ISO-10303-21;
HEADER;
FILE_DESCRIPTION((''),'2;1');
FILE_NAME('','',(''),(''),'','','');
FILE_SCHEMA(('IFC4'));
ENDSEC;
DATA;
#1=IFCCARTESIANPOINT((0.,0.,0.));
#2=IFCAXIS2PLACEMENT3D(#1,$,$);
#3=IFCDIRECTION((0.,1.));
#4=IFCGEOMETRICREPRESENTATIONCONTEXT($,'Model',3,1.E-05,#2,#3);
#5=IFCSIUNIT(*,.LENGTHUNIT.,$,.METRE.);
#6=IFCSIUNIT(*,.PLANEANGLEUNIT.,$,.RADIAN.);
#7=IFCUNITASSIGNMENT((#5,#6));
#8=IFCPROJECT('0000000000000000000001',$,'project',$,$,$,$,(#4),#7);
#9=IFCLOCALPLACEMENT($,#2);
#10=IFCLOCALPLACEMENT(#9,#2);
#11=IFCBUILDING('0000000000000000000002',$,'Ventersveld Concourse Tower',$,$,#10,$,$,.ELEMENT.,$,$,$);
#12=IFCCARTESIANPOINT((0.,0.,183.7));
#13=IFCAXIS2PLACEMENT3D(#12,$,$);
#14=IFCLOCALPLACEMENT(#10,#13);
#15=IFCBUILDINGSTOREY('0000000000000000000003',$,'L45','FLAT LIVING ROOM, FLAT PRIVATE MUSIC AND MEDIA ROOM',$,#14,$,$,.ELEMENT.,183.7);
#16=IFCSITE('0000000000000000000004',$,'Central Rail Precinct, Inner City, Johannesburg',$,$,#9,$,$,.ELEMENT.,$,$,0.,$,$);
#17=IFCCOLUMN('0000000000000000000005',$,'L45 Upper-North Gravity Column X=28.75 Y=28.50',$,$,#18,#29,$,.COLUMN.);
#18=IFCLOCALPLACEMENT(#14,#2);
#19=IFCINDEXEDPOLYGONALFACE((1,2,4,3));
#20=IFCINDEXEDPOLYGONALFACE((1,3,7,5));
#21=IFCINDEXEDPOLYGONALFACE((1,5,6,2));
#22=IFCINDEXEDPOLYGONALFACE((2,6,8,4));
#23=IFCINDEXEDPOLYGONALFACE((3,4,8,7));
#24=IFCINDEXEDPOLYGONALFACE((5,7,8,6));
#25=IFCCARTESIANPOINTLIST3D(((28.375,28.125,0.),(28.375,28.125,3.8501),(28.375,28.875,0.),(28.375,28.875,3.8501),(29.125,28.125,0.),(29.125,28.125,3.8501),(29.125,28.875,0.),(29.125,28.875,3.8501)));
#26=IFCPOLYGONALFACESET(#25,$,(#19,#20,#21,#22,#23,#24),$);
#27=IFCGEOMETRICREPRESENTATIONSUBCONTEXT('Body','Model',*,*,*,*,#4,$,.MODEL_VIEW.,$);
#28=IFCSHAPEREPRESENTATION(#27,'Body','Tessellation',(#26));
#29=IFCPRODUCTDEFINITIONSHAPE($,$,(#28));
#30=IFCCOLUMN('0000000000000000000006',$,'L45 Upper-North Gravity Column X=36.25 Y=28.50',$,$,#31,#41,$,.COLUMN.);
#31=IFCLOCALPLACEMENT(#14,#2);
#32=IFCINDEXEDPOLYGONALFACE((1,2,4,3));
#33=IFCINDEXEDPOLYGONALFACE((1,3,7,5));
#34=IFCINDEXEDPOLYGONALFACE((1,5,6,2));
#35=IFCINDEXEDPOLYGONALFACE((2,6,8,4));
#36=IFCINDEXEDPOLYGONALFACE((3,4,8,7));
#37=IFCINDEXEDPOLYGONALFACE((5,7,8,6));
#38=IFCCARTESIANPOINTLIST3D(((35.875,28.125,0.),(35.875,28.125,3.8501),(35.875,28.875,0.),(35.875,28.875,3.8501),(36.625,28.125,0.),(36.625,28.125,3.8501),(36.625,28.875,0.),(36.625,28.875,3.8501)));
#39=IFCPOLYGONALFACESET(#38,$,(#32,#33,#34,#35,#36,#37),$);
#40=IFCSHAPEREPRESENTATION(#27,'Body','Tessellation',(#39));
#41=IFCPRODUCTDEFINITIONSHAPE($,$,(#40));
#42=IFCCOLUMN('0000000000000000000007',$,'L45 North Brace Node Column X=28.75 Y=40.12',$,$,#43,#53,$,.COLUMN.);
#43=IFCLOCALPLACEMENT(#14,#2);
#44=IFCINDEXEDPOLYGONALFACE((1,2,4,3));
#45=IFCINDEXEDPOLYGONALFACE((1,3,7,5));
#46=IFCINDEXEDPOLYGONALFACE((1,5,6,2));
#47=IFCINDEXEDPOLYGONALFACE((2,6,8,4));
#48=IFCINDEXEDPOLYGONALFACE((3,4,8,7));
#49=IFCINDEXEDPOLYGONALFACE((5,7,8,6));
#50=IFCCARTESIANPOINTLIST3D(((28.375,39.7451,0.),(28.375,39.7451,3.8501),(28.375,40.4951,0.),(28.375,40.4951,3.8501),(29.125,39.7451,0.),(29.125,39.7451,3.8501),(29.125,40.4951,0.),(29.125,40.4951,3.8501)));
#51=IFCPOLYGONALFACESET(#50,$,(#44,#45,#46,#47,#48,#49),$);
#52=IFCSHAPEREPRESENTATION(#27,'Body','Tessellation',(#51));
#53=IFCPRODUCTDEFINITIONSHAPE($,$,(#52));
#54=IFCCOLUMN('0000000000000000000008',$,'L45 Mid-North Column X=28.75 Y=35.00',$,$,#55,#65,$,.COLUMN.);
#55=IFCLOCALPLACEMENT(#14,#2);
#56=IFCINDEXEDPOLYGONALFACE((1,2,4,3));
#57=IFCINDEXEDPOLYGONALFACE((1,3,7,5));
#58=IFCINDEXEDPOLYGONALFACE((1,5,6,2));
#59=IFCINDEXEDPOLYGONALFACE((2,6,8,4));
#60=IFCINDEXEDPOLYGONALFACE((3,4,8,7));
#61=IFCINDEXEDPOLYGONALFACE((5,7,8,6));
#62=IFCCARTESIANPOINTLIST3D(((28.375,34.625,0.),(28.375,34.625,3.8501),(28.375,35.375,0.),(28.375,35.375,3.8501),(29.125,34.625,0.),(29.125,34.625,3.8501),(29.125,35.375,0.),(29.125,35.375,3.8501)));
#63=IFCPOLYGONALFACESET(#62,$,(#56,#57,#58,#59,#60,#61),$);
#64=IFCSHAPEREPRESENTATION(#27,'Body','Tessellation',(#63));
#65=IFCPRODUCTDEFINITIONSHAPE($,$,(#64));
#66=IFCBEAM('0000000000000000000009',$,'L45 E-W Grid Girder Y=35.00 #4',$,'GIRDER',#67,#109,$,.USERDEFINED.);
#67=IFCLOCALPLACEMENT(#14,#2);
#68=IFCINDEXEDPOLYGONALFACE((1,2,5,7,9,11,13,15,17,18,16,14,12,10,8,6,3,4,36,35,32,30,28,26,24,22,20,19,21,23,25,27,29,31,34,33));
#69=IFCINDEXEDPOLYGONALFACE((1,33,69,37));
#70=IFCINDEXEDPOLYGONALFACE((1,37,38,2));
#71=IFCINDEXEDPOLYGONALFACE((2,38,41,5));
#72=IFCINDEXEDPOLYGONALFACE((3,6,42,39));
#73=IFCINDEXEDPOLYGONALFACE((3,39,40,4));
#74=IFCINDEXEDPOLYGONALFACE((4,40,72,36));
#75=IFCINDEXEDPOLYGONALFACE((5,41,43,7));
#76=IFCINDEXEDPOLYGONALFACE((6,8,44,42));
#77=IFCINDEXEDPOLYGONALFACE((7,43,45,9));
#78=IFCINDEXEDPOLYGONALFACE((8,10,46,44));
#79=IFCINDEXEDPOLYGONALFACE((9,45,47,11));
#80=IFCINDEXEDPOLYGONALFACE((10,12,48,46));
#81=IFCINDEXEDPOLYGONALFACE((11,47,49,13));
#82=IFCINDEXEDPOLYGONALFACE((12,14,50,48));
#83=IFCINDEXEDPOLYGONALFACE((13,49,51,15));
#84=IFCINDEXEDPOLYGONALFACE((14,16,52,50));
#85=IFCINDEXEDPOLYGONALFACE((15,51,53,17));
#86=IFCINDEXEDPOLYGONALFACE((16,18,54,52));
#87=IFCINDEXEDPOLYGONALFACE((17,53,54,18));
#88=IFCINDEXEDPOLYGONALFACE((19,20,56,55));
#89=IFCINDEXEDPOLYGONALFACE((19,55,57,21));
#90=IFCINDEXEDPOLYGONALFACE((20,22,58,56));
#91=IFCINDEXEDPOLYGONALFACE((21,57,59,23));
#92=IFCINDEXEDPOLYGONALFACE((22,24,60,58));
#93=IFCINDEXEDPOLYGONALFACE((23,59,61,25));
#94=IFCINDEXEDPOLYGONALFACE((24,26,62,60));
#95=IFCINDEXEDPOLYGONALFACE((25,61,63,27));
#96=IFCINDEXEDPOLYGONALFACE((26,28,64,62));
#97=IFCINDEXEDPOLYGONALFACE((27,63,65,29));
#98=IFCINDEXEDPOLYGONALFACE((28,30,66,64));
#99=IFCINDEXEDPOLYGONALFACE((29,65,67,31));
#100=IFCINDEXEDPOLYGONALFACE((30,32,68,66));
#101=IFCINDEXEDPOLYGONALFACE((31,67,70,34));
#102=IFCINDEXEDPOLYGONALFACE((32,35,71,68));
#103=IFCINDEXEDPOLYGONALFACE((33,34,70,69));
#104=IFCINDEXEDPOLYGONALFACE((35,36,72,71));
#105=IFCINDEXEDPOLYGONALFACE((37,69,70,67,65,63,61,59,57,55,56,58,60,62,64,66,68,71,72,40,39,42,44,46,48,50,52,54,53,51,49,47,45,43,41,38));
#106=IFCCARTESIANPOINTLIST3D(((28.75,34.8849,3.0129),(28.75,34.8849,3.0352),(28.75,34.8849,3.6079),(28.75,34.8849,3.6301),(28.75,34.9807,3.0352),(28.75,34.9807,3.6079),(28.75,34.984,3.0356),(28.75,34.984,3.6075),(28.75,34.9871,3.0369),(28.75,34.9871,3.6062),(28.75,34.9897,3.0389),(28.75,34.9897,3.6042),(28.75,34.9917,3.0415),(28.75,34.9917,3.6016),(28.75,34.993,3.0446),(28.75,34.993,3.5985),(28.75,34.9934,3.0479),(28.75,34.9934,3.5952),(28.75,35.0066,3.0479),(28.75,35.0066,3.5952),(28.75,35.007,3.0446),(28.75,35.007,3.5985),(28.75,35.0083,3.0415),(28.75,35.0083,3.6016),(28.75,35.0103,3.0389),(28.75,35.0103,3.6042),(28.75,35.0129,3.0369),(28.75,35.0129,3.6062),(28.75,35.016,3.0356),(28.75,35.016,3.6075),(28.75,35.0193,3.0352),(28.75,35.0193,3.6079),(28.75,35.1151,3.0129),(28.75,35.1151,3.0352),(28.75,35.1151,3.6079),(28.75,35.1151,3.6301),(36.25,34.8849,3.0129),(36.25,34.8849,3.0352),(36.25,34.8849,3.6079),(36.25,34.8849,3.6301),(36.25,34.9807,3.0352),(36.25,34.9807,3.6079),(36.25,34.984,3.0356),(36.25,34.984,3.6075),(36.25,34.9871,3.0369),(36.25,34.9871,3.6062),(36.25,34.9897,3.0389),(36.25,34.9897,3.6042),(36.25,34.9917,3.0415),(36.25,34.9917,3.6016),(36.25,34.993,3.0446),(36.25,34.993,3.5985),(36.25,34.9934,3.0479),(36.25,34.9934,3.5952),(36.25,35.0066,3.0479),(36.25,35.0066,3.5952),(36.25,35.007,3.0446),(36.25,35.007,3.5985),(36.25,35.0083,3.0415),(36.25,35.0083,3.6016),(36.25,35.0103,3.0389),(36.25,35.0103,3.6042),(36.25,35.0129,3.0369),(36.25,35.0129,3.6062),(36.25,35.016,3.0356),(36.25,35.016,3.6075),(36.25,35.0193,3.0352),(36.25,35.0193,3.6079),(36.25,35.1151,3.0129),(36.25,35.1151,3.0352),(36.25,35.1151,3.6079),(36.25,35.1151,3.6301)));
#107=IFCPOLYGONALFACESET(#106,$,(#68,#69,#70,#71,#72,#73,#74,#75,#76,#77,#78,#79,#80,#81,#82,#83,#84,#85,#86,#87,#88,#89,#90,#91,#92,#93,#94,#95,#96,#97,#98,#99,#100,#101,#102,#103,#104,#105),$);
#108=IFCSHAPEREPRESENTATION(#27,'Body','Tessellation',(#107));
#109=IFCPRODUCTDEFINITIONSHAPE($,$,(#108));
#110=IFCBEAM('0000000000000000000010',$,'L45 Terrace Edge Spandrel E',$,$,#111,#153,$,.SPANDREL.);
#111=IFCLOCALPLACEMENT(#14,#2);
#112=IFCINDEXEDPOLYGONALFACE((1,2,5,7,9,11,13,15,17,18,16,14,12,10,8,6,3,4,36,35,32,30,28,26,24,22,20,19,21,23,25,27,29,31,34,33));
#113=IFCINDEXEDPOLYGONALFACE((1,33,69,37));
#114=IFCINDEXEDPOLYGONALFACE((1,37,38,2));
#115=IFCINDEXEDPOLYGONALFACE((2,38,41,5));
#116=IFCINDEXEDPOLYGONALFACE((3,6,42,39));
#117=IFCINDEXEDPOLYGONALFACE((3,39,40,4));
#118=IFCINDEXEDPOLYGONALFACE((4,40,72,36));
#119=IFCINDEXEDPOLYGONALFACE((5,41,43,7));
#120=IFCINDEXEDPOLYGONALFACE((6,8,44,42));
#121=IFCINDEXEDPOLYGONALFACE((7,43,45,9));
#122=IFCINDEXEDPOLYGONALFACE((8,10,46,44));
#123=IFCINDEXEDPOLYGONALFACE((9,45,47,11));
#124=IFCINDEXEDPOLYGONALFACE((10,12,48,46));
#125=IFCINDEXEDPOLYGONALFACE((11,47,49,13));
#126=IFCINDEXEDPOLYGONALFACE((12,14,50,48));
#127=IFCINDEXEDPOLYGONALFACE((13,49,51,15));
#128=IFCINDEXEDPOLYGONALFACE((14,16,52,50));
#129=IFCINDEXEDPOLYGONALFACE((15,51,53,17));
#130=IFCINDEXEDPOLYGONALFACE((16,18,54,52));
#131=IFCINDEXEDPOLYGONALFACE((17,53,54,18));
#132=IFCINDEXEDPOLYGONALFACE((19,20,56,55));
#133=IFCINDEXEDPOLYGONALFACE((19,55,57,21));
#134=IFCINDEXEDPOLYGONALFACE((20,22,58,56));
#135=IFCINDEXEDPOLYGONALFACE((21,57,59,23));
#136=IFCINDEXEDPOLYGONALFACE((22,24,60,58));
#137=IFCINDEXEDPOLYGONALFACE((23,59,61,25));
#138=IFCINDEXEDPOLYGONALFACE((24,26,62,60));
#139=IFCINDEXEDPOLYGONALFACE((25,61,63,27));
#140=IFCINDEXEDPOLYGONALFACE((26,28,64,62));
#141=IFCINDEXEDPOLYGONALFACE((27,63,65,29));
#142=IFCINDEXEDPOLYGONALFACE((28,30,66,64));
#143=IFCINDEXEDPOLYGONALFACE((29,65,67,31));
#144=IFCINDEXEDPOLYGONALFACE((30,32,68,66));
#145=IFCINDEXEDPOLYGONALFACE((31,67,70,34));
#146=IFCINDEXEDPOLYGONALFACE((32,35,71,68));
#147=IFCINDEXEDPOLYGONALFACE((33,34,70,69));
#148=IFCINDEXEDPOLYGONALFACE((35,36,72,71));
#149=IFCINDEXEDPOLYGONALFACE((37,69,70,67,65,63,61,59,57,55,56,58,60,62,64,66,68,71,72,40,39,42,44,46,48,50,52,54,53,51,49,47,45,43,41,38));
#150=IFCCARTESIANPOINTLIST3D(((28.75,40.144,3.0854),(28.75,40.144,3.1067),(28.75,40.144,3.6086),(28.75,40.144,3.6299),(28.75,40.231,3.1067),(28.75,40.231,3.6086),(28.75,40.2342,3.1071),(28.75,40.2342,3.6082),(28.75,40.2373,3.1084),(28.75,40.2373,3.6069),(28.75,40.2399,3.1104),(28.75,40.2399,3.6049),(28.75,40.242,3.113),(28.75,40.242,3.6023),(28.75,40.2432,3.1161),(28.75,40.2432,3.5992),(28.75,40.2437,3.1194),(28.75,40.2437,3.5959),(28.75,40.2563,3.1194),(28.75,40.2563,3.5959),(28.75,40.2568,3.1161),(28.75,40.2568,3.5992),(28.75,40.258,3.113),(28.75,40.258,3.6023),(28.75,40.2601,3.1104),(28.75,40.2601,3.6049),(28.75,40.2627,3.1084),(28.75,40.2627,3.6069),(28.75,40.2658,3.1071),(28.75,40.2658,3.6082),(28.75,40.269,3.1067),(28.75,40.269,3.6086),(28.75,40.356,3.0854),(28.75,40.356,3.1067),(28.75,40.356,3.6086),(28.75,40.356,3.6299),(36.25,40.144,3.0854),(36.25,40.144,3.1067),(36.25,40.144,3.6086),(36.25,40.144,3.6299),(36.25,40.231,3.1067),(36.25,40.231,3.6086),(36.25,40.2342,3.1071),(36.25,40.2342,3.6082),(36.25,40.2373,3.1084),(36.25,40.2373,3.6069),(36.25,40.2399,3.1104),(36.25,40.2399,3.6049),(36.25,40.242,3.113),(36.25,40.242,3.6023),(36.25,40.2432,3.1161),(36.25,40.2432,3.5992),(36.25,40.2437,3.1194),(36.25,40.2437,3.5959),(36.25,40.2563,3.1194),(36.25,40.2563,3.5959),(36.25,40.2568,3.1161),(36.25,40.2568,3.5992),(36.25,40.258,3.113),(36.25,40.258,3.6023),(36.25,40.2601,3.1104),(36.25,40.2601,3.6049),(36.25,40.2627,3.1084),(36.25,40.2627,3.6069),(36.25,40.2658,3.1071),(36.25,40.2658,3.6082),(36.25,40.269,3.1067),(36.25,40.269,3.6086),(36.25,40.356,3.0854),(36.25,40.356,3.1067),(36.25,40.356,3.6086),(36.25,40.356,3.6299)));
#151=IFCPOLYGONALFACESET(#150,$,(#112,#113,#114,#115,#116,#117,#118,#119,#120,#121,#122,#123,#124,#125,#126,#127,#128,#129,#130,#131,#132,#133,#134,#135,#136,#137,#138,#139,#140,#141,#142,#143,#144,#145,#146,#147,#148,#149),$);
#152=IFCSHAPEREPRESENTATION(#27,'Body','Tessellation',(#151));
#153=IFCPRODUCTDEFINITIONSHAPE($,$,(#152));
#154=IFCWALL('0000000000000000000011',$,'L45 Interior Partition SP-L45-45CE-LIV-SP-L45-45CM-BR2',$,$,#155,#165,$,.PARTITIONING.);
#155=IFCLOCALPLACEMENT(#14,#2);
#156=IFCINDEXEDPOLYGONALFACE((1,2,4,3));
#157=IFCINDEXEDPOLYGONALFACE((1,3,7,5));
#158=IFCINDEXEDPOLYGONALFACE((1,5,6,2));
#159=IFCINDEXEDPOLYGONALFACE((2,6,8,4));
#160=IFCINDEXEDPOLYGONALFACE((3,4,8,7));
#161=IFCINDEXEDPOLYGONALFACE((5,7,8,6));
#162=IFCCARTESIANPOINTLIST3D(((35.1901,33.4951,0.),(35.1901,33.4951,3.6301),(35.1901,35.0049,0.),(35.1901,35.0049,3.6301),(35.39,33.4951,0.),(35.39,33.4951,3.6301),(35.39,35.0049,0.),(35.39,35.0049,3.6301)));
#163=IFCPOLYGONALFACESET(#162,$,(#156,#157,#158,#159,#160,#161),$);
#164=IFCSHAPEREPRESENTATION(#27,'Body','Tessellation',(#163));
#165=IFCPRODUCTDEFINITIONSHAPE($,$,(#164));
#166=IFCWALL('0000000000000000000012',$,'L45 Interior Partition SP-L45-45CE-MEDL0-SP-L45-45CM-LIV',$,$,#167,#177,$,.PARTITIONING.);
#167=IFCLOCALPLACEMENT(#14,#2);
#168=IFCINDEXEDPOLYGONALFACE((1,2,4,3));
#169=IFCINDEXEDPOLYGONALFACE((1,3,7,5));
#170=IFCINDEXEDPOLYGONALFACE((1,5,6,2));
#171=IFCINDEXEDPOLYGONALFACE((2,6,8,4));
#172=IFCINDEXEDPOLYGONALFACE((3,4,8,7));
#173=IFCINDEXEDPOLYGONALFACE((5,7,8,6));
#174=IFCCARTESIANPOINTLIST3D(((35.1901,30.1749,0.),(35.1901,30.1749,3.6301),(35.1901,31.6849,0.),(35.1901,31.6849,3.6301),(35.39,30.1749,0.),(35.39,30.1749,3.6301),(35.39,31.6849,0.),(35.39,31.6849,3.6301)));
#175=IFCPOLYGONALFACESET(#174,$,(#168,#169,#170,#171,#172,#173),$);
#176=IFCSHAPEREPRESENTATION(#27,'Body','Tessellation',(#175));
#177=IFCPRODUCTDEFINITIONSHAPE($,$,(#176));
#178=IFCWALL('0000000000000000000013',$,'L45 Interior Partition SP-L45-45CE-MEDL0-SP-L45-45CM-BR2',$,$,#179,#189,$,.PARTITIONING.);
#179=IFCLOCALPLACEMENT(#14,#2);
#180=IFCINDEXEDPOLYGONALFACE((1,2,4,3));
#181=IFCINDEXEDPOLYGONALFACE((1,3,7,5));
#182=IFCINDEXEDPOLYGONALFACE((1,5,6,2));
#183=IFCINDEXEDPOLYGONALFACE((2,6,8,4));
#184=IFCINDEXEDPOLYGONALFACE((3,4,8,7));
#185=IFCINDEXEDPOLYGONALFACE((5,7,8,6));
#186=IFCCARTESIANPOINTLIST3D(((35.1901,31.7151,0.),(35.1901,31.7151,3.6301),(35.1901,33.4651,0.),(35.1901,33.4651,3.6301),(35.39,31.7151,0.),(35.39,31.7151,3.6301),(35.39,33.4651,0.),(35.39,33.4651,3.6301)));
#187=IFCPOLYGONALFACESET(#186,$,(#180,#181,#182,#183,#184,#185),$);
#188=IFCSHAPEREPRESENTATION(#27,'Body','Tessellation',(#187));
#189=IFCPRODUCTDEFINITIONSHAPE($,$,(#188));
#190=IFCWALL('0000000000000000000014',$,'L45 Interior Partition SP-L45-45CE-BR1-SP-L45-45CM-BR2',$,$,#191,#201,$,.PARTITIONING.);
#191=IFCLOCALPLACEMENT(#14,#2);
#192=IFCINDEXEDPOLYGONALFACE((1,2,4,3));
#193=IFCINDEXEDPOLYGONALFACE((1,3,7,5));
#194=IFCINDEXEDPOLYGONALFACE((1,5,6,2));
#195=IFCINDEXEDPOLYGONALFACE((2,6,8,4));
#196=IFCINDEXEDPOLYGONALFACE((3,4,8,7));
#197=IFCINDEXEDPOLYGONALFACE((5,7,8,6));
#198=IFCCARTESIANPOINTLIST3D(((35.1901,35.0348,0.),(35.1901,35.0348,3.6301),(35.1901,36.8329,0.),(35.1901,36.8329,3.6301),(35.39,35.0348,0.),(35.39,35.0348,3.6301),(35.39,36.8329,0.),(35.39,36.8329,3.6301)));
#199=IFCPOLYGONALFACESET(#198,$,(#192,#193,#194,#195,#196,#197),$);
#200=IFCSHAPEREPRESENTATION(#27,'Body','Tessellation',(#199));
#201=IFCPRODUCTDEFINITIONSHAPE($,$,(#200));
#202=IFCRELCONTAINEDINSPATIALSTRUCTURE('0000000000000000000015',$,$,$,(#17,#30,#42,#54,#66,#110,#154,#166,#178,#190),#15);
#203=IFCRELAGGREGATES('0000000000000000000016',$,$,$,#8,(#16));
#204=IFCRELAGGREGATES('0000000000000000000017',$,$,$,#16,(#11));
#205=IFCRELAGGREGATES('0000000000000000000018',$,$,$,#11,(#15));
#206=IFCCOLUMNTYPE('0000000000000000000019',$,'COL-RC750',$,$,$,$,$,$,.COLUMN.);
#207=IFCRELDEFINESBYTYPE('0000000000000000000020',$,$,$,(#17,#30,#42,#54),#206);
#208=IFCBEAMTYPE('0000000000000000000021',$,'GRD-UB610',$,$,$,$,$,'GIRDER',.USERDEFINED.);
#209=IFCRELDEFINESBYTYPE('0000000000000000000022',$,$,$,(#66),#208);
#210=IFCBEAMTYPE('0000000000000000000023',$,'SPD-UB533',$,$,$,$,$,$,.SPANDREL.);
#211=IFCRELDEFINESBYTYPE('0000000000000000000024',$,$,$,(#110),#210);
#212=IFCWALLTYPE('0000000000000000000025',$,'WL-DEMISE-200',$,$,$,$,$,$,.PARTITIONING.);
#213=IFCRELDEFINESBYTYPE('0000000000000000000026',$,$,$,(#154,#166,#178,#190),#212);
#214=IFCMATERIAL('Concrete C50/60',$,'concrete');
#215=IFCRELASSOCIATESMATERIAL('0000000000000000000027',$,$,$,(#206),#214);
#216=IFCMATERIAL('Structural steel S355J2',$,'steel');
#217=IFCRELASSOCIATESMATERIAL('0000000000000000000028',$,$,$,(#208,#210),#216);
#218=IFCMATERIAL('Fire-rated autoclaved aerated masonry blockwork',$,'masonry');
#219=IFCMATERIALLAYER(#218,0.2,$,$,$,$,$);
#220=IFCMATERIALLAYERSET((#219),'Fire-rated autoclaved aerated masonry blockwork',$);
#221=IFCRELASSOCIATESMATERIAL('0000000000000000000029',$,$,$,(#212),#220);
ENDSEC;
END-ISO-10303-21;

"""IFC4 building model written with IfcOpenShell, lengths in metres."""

from ifc_helpers import new_model, si_unit, direction, frame, frame_2d, origin, origin_2d, place, context, subcontext, project, spatial, rectangle, i_section, extrude, material, layer, layer_set, material_profile, profile_set, type_object, element, save


model = new_model("IFC4")

# Units and contexts
model_context = context("Model", 3, precision=1e-05, world=origin(), true_north=direction((0.0, 1.0)))
body_context = subcontext(model_context, "Body", "Model", "MODEL_VIEW")
ifc_project = project(units=[si_unit("LENGTHUNIT", "METRE"), si_unit("PLANEANGLEUNIT", "RADIAN")], contexts=[model_context])

# Site, building, storey
site_placement = place(None, origin())
site = spatial("IfcSite", under=ifc_project, at=site_placement, Name="Central Rail Precinct, Inner City, Johannesburg", CompositionType="ELEMENT", RefElevation=0.0)
building_placement = place(site_placement, origin())
building = spatial("IfcBuilding", under=site, at=building_placement, Name="Ventersveld Concourse Tower", CompositionType="ELEMENT")
storey_placement = place(building_placement, frame((0.0, 0.0, 183.7)))
storey = spatial("IfcBuildingStorey", under=building, at=storey_placement, Name="L45", Description="FLAT LIVING ROOM, FLAT PRIVATE MUSIC AND MEDIA ROOM", CompositionType="ELEMENT", Elevation=183.7)

# Columns
ifc_material_1 = material(Name="Concrete C50/60", Category="concrete")
ifc_material_profile_1 = material_profile(ifc_material_1, rectangle(XDim=0.75, YDim=0.75, at=origin_2d()), Name="RC 750x750")
ifc_profile_set_1 = profile_set([ifc_material_profile_1], Name="Concrete C50/60")
column_type = type_object("IfcColumnType", Name="COL-RC750", PredefinedType="COLUMN", material=ifc_profile_set_1)
for number, where, z_axis, x_axis, name in (
    (1, (28.75, 28.5, 0.0), (0.0, 0.0, 1.0), (1.0, 0.0, 0.0), "L45 Upper-North Gravity Column X=28.75 Y=28.50"),
    (2, (36.25, 28.5, 0.0), (0.0, 0.0, 1.0), (1.0, 0.0, 0.0), "L45 Upper-North Gravity Column X=36.25 Y=28.50"),
    (3, (28.75, 40.1201, 0.0), (0.0, 0.0, 1.0), (1.0, 0.0, 0.0), "L45 North Brace Node Column X=28.75 Y=40.12"),
    (4, (28.75, 35.0, 0.0), (0.0, 0.0, 1.0), (1.0, 0.0, 0.0), "L45 Mid-North Column X=28.75 Y=35.00"),
):
    element("IfcColumn", number, at=place(storey_placement, frame(where, z_axis=z_axis, x_axis=x_axis)), inside=storey, type_object=column_type, Name=name, PredefinedType="COLUMN", context=body_context, shape_type="SweptSolid", body=[
        extrude(rectangle(XDim=0.75, YDim=0.75, at=origin_2d()), origin(), (0.0, 0.0, 1.0), 3.8501),
    ])

# Beams
ifc_material_2 = material(Name="Structural steel S355J2", Category="steel")
ifc_material_profile_2 = material_profile(ifc_material_2, i_section(OverallWidth=0.2302, OverallDepth=0.6172, WebThickness=0.0132, FlangeThickness=0.0222, FilletRadius=0.0127, at=origin_2d()), Name="UB 610x229x140")
ifc_profile_set_2 = profile_set([ifc_material_profile_2], Name="Structural steel S355J2")
beam_type_1 = type_object("IfcBeamType", Name="GRD-UB610", ElementType="GIRDER", PredefinedType="USERDEFINED", material=ifc_profile_set_2)
beam_1_placement = place(storey_placement, frame((28.75, 35.0, 3.3215), z_axis=(1.0, 0.0, 0.0), x_axis=(0.0, 1.0, 0.0)))
element("IfcBeam", 5, at=beam_1_placement, inside=storey, type_object=beam_type_1, Name="L45 E-W Grid Girder Y=35.00 #4", ObjectType="GIRDER", PredefinedType="USERDEFINED", context=body_context, shape_type="SweptSolid", body=[
    extrude(i_section(OverallWidth=0.2302, OverallDepth=0.6172, WebThickness=0.0132, FlangeThickness=0.0222, FilletRadius=0.0127, at=origin_2d()), origin(), (0.0, 0.0, 1.0), 7.5),
])
ifc_material_profile_3 = material_profile(ifc_material_2, i_section(OverallWidth=0.2119, OverallDepth=0.5444, WebThickness=0.0127, FlangeThickness=0.0212, FilletRadius=0.0127, at=origin_2d()), Name="UB 533x210x122")
ifc_profile_set_3 = profile_set([ifc_material_profile_3], Name="Structural steel S355J2")
beam_type_2 = type_object("IfcBeamType", Name="SPD-UB533", PredefinedType="SPANDREL", material=ifc_profile_set_3)
beam_2_placement = place(storey_placement, frame((28.75, 40.25, 3.3577), z_axis=(1.0, 0.0, 0.0), x_axis=(0.0, 1.0, 0.0)))
element("IfcBeam", 6, at=beam_2_placement, inside=storey, type_object=beam_type_2, Name="L45 Terrace Edge Spandrel E", PredefinedType="SPANDREL", context=body_context, shape_type="SweptSolid", body=[
    extrude(i_section(OverallWidth=0.2119, OverallDepth=0.5444, WebThickness=0.0127, FlangeThickness=0.0212, FilletRadius=0.0127, at=origin_2d()), origin(), (0.0, 0.0, 1.0), 7.5),
])

# Walls
ifc_material_3 = material(Name="Fire-rated autoclaved aerated masonry blockwork", Category="masonry")
ifc_layer_1 = layer(ifc_material_3, 0.2)
ifc_layer_set_1 = layer_set([ifc_layer_1], Name="Fire-rated autoclaved aerated masonry blockwork")
wall_type_1 = type_object("IfcWallType", Name="WL-DEMISE-200", PredefinedType="PARTITIONING", material=ifc_layer_set_1)
wall_1_placement = place(storey_placement, frame((35.29, 33.4951, 0.0), z_axis=(0.0, 0.0, 1.0), x_axis=(0.0, 1.0, 0.0)))
element("IfcWall", 7, at=wall_1_placement, inside=storey, type_object=wall_type_1, Name="L45 Interior Partition SP-L45-45CE-LIV-SP-L45-45CM-BR2", PredefinedType="PARTITIONING", context=body_context, shape_type="SweptSolid", body=[
    extrude(rectangle(XDim=1.5098, YDim=0.2, at=frame_2d((0.7549, 0.0))), origin(), (0.0, 0.0, 1.0), 3.6301),
])
wall_2_placement = place(storey_placement, frame((35.29, 30.175, 0.0), z_axis=(0.0, 0.0, 1.0), x_axis=(0.0, 1.0, 0.0)))
element("IfcWall", 8, at=wall_2_placement, inside=storey, type_object=wall_type_1, Name="L45 Interior Partition SP-L45-45CE-MEDL0-SP-L45-45CM-LIV", PredefinedType="PARTITIONING", context=body_context, shape_type="SweptSolid", body=[
    extrude(rectangle(XDim=1.51, YDim=0.2, at=frame_2d((0.7549, 0.0))), origin(), (0.0, 0.0, 1.0), 3.6301),
])
wall_3_placement = place(storey_placement, frame((35.29, 31.7151, 0.0), z_axis=(0.0, 0.0, 1.0), x_axis=(0.0, 1.0, 0.0)))
element("IfcWall", 9, at=wall_3_placement, inside=storey, type_object=wall_type_1, Name="L45 Interior Partition SP-L45-45CE-MEDL0-SP-L45-45CM-BR2", PredefinedType="PARTITIONING", context=body_context, shape_type="SweptSolid", body=[
    extrude(rectangle(XDim=1.75, YDim=0.2, at=frame_2d((0.875, 0.0))), origin(), (0.0, 0.0, 1.0), 3.6301),
])
wall_4_placement = place(storey_placement, frame((35.29, 35.0349, 0.0), z_axis=(0.0, 0.0, 1.0), x_axis=(0.0, 1.0, 0.0)))
element("IfcWall", 10, at=wall_4_placement, inside=storey, type_object=wall_type_1, Name="L45 Interior Partition SP-L45-45CE-BR1-SP-L45-45CM-BR2", PredefinedType="PARTITIONING", context=body_context, shape_type="SweptSolid", body=[
    extrude(rectangle(XDim=1.7981, YDim=0.2, at=frame_2d((0.8989, 0.0))), origin(), (0.0, 0.0, 1.0), 3.6301),
])

save(model, "model.ifc")
